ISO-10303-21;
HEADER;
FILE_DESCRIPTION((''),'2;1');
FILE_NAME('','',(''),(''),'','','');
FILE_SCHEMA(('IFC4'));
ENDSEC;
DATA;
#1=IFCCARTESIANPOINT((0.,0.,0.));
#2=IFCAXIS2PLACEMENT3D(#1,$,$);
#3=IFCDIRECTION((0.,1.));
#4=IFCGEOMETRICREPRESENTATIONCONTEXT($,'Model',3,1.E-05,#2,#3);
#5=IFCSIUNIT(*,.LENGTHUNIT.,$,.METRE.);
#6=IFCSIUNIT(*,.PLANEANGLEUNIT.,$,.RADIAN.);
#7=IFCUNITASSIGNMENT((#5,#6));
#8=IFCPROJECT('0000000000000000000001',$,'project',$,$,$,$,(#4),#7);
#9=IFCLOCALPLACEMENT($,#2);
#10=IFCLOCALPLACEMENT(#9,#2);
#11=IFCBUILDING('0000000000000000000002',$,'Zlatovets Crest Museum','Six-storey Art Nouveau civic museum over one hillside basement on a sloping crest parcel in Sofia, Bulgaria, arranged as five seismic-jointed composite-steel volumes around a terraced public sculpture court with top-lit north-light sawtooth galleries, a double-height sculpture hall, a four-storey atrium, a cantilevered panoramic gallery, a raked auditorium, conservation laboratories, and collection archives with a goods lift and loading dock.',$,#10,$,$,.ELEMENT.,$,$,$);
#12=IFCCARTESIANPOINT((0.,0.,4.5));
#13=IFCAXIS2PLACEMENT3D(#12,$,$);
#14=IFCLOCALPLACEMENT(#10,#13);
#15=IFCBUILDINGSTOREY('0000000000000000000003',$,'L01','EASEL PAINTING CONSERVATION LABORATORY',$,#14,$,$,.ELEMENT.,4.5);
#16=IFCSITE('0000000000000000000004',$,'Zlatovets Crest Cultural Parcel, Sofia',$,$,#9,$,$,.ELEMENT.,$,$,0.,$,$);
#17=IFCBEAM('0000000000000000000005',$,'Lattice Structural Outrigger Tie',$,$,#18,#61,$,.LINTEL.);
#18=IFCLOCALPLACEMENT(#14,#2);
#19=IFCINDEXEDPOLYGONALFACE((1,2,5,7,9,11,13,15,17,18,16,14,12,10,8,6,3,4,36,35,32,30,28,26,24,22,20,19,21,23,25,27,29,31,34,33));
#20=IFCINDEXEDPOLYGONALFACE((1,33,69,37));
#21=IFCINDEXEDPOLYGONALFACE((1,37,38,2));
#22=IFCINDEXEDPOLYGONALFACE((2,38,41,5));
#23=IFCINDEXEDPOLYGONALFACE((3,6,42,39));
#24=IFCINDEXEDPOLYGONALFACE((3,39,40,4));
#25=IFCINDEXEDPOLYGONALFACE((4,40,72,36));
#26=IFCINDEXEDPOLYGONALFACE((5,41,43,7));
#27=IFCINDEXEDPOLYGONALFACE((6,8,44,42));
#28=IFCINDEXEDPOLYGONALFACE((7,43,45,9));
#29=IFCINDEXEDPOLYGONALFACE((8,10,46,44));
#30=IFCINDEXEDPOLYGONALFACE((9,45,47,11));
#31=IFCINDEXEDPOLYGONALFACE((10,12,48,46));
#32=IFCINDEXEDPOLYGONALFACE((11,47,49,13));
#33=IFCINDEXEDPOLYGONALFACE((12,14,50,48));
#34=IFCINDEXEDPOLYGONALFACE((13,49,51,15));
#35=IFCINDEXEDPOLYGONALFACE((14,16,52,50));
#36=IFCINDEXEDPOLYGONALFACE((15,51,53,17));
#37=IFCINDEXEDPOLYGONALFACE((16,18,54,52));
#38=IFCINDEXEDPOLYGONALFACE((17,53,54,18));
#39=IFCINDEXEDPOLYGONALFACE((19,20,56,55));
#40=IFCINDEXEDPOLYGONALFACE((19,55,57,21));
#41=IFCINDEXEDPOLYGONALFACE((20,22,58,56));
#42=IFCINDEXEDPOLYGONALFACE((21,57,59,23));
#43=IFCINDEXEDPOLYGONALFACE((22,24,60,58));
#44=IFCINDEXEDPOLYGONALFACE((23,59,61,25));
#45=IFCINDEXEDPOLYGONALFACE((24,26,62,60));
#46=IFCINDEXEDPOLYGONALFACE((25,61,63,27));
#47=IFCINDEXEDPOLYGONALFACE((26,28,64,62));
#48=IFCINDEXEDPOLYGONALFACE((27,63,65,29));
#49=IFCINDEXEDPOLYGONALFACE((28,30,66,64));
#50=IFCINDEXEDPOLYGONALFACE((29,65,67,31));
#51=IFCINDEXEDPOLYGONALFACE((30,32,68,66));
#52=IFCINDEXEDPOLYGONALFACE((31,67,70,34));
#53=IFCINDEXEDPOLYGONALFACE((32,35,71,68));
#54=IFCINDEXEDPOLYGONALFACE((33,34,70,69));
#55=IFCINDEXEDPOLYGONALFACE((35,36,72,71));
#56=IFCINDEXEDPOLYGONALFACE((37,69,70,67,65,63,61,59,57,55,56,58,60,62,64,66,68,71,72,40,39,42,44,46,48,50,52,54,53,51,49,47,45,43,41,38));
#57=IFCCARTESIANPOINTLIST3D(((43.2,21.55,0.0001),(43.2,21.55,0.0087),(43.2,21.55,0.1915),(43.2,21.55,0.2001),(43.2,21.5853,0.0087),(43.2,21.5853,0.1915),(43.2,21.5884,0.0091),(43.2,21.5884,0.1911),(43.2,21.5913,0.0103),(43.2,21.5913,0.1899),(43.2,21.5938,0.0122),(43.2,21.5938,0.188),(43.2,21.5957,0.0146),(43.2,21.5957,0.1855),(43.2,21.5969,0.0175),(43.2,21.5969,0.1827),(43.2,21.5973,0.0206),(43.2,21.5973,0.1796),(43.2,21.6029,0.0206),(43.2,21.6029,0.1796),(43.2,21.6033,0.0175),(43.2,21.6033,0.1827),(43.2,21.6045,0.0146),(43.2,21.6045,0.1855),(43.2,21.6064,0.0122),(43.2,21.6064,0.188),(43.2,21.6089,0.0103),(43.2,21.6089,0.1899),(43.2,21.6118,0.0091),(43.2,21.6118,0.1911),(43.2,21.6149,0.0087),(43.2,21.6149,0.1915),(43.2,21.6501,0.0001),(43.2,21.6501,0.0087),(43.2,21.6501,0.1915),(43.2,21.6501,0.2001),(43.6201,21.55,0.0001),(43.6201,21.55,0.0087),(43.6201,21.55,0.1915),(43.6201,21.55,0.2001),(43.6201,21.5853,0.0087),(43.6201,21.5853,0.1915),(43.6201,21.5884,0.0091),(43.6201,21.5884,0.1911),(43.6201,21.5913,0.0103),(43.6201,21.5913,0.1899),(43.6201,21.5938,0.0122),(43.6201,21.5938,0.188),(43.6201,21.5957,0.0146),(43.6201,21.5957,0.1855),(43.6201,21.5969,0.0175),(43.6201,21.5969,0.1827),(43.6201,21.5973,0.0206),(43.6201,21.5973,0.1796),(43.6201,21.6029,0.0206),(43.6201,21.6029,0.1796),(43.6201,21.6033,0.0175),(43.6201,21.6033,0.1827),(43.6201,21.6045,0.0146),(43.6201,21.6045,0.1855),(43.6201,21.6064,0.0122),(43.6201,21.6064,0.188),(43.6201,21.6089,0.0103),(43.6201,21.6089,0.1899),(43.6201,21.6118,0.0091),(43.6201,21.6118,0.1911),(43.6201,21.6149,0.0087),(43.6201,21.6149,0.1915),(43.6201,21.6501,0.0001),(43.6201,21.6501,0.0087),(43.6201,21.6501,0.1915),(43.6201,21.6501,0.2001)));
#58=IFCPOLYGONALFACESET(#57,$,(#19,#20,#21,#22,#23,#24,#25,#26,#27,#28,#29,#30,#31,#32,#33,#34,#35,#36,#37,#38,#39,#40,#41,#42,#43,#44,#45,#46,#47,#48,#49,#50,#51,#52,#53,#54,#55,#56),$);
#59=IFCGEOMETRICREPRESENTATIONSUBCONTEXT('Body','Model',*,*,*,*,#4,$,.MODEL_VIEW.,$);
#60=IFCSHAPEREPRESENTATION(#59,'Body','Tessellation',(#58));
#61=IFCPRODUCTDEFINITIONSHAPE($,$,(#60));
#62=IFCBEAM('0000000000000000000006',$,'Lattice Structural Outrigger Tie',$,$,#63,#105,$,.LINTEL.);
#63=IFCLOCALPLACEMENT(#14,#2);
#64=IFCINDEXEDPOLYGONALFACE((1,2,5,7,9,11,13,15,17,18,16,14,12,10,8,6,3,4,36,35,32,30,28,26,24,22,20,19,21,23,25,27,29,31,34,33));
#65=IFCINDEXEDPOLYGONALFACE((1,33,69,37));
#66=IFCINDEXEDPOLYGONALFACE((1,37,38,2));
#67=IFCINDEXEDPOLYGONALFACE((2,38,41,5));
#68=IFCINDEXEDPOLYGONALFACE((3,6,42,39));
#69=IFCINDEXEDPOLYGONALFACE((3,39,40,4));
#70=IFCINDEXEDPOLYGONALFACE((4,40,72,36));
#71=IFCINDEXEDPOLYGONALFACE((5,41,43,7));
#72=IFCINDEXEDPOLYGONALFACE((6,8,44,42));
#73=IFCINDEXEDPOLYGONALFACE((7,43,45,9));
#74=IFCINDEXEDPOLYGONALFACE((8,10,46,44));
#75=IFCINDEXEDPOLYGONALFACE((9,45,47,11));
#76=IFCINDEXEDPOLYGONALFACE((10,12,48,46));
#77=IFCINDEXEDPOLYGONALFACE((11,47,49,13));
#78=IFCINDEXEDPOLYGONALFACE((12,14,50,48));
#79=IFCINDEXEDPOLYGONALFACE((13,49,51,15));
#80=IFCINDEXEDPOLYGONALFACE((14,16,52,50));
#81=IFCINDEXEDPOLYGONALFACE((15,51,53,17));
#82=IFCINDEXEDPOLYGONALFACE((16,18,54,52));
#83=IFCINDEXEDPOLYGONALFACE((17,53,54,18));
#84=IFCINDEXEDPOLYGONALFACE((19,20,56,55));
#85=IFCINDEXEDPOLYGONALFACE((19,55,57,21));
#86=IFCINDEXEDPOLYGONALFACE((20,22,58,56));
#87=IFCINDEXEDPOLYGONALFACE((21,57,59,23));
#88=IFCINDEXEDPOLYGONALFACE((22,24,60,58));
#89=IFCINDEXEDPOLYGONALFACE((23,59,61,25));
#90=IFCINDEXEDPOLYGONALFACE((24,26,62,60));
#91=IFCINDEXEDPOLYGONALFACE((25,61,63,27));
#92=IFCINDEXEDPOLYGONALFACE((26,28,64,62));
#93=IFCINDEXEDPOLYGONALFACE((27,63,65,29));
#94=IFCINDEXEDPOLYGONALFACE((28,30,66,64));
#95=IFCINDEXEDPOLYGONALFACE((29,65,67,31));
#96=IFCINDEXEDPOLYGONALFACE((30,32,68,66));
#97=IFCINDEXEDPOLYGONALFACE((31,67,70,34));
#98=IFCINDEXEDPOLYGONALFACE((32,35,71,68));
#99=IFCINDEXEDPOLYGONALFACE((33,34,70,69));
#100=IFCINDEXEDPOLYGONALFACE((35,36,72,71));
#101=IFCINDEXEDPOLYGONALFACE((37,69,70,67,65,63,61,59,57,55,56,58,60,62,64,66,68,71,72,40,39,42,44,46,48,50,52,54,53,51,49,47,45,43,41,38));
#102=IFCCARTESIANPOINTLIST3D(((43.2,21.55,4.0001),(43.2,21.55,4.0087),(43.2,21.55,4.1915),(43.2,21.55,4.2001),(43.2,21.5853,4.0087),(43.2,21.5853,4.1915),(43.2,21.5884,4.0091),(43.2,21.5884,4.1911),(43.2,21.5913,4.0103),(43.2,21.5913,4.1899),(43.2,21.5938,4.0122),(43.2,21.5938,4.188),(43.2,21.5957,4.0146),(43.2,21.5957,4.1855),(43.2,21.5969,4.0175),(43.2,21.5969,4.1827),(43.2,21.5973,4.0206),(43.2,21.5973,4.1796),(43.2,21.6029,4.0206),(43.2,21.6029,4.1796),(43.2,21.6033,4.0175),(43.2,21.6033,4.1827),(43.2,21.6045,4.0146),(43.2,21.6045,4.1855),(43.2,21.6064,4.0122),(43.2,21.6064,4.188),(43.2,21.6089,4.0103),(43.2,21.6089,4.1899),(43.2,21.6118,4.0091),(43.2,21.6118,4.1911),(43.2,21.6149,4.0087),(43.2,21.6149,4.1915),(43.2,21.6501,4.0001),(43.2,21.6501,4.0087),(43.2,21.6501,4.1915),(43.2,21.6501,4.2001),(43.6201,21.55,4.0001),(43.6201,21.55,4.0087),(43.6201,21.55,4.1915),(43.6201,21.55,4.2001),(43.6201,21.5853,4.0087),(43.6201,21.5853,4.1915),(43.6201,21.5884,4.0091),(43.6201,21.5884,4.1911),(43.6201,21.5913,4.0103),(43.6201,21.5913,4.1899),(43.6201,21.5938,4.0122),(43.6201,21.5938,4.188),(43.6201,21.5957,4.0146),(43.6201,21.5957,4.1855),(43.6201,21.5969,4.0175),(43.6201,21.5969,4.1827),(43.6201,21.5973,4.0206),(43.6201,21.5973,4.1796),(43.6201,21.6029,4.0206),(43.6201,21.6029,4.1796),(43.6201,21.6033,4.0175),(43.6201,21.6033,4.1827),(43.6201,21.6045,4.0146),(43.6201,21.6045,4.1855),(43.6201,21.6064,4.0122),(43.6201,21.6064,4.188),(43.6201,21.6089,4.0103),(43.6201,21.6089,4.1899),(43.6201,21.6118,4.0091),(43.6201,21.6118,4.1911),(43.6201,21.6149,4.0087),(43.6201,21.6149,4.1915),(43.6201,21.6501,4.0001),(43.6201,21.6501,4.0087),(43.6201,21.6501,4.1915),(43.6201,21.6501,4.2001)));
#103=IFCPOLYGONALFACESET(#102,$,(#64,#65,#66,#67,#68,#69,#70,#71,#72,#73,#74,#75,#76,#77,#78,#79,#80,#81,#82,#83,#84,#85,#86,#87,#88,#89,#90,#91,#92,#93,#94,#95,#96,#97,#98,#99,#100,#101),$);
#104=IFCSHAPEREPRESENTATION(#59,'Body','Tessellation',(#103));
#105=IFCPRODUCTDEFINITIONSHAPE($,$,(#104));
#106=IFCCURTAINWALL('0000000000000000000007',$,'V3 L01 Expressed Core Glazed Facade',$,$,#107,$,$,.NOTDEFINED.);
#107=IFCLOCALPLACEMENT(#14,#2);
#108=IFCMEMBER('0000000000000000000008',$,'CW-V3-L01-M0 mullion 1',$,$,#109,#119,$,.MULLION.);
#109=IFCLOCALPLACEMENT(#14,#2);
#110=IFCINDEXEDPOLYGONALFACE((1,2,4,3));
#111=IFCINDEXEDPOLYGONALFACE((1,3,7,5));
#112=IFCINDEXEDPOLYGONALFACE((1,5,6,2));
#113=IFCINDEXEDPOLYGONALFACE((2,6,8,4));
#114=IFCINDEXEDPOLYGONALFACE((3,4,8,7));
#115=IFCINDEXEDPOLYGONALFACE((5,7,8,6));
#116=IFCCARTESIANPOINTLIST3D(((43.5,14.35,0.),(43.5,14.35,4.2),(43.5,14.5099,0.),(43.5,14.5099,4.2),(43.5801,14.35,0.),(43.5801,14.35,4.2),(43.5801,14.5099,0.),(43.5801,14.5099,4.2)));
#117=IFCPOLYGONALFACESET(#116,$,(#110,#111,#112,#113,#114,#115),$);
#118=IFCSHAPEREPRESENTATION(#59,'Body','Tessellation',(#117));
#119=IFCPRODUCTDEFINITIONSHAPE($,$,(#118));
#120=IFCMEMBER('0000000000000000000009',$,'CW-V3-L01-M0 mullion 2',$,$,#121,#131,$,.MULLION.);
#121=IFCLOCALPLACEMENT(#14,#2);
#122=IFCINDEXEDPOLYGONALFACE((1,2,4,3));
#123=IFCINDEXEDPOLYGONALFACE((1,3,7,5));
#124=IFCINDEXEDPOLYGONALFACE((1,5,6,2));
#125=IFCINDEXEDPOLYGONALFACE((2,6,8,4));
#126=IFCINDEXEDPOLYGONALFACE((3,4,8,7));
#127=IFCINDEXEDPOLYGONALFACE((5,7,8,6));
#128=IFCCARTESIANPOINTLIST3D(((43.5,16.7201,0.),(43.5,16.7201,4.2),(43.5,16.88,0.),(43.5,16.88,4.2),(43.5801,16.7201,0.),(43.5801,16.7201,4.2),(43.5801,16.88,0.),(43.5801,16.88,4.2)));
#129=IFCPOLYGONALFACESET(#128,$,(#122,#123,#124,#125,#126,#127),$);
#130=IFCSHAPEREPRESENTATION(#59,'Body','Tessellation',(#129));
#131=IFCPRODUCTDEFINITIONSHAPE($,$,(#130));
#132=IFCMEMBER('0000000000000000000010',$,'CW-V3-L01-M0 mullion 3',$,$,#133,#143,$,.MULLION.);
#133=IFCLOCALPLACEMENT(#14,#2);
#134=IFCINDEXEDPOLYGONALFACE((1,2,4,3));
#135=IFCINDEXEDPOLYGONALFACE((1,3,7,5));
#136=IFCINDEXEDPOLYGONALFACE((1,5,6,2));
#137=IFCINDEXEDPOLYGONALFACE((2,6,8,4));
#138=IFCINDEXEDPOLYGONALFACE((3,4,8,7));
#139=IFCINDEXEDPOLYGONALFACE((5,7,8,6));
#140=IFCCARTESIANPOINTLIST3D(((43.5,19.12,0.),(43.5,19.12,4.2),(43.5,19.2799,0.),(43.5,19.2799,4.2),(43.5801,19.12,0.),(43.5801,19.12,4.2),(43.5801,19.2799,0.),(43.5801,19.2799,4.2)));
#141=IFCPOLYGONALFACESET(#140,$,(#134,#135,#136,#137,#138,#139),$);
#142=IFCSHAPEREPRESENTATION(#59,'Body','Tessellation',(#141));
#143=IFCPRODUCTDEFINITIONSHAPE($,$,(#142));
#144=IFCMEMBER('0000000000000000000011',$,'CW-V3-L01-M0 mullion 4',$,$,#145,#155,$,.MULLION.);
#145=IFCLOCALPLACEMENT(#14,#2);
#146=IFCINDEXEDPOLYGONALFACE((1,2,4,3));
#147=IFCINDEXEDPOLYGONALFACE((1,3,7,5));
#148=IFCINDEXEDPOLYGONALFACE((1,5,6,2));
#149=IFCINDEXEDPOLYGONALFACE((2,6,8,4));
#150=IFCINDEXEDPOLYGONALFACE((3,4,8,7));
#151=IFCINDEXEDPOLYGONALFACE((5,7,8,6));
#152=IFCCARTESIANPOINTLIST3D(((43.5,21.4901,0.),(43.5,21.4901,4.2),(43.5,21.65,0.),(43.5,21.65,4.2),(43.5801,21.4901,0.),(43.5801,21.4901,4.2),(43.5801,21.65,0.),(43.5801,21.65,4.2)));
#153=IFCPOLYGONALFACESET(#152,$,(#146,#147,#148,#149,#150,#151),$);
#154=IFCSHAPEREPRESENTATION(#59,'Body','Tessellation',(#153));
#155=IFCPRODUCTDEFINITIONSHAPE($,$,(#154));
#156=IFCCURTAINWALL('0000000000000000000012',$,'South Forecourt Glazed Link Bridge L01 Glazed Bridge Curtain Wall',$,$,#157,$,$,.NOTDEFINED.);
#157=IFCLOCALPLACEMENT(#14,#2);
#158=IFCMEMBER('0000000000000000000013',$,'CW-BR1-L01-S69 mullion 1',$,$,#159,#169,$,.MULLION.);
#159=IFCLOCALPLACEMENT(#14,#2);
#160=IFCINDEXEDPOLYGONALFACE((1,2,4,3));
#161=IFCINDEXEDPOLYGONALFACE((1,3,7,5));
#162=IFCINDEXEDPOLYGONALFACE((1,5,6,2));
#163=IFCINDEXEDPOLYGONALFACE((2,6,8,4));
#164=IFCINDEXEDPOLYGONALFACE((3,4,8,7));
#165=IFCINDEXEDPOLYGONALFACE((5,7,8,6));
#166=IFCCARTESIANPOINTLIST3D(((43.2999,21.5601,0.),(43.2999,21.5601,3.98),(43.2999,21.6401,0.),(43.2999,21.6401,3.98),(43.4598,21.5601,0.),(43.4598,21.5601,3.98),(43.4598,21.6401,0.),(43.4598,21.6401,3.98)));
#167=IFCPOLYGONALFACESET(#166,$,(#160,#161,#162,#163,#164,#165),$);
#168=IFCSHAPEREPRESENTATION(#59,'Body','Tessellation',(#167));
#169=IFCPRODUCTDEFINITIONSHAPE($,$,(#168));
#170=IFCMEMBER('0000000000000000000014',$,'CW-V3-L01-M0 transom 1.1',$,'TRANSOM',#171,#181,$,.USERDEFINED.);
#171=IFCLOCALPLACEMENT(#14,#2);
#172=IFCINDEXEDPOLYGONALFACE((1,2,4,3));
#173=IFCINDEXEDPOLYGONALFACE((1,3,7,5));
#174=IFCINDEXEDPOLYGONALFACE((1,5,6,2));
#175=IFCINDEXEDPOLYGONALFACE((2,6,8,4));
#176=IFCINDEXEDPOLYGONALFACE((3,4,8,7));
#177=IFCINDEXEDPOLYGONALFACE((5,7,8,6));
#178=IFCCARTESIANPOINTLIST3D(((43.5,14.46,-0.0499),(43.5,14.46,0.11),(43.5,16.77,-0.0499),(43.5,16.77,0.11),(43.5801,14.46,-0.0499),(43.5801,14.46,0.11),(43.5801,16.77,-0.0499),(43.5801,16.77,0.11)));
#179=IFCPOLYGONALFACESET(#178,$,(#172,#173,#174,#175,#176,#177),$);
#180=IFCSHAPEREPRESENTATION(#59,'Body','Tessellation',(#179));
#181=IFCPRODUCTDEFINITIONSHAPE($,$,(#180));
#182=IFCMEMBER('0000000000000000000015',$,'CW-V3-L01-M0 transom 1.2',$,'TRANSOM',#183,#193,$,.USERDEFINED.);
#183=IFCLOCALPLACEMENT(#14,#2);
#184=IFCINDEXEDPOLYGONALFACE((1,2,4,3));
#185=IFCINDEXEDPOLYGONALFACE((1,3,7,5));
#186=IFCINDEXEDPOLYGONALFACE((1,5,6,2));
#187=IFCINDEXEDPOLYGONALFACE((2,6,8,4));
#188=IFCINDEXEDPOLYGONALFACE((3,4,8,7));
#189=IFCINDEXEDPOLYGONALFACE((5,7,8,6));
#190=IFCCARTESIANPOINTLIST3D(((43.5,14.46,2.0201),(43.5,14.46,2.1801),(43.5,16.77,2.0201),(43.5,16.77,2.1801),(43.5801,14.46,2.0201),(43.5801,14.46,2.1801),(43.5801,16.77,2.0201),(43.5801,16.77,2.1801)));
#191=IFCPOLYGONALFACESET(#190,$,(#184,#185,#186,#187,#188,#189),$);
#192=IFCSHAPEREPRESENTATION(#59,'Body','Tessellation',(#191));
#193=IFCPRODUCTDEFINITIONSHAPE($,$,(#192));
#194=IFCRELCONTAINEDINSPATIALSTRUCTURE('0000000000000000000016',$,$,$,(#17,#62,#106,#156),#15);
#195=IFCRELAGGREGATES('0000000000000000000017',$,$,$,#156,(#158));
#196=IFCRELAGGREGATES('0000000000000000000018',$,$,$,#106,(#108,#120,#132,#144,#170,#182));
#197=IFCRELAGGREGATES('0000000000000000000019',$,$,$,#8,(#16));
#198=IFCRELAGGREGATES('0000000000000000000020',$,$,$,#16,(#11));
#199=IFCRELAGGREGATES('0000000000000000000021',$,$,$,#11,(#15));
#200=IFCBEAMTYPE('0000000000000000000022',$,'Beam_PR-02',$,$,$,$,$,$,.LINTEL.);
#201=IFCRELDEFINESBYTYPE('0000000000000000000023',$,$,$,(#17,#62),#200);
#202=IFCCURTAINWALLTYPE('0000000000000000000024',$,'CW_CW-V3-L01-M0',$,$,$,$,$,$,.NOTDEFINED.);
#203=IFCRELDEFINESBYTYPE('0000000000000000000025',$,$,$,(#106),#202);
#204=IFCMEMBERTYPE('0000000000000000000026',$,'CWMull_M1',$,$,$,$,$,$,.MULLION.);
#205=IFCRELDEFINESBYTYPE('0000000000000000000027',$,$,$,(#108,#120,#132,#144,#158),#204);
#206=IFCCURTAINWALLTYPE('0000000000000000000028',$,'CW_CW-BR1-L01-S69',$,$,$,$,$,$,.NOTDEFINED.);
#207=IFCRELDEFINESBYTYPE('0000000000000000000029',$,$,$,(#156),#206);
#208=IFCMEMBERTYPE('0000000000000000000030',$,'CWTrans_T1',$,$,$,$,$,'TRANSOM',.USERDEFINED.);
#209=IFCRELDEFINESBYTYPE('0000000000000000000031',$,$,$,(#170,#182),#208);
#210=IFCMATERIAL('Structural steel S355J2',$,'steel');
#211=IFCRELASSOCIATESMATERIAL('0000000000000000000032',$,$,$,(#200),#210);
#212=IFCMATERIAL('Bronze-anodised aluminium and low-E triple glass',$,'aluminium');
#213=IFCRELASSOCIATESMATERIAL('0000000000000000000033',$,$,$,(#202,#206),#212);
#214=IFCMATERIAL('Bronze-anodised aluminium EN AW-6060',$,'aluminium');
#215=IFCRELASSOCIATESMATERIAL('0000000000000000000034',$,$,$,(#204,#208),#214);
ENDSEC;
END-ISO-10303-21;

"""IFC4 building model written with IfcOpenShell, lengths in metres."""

from ifc_helpers import new_model, si_unit, direction, frame, origin, origin_2d, place, context, subcontext, project, spatial, rectangle, i_section, extrude, material, material_profile, profile_set, type_object, element, aggregate, save


model = new_model("IFC4")

# Units and contexts
model_context = context("Model", 3, precision=1e-05, world=origin(), true_north=direction((0.0, 1.0)))
body_context = subcontext(model_context, "Body", "Model", "MODEL_VIEW")
ifc_project = project(units=[si_unit("LENGTHUNIT", "METRE"), si_unit("PLANEANGLEUNIT", "RADIAN")], contexts=[model_context])

# Site, building, storey
site_placement = place(None, origin())
site = spatial("IfcSite", under=ifc_project, at=site_placement, Name="Zlatovets Crest Cultural Parcel, Sofia", CompositionType="ELEMENT", RefElevation=0.0)
building_placement = place(site_placement, origin())
building = spatial("IfcBuilding", under=site, at=building_placement, Name="Zlatovets Crest Museum", Description="Six-storey Art Nouveau civic museum over one hillside basement on a sloping crest parcel in Sofia, Bulgaria, arranged as five seismic-jointed composite-steel volumes around a terraced public sculpture court with top-lit north-light sawtooth galleries, a double-height sculpture hall, a four-storey atrium, a cantilevered panoramic gallery, a raked auditorium, conservation laboratories, and collection archives with a goods lift and loading dock.", CompositionType="ELEMENT")
storey_placement = place(building_placement, frame((0.0, 0.0, 4.5)))
storey = spatial("IfcBuildingStorey", under=building, at=storey_placement, Name="L01", Description="EASEL PAINTING CONSERVATION LABORATORY", CompositionType="ELEMENT", Elevation=4.5)

# Shared definitions
ifc_material_1 = material(Name="Structural steel S355J2", Category="steel")

# Beams
ifc_material_profile_1 = material_profile(ifc_material_1, i_section(OverallWidth=0.1001, OverallDepth=0.2, WebThickness=0.0056, FlangeThickness=0.0085, FilletRadius=0.012, at=origin_2d()), Name="IPE 200")
ifc_profile_set_1 = profile_set([ifc_material_profile_1], Name="Structural steel S355J2")
beam_type_1 = type_object("IfcBeamType", Name="Beam_PR-02", PredefinedType="LINTEL", material=ifc_profile_set_1)
for number, where, z_axis, x_axis, name in (
    (1, (43.2, 21.6001, 0.1001), (1.0, 0.0, 0.0), (0.0, 1.0, 0.0), "Lattice Structural Outrigger Tie"),
    (2, (43.2, 21.6001, 4.1001), (1.0, 0.0, 0.0), (0.0, 1.0, 0.0), "Lattice Structural Outrigger Tie"),
):
    element("IfcBeam", number, at=place(storey_placement, frame(where, z_axis=z_axis, x_axis=x_axis)), inside=storey, type_object=beam_type_1, Name=name, PredefinedType="LINTEL", context=body_context, shape_type="SweptSolid", body=[
        extrude(i_section(OverallWidth=0.1001, OverallDepth=0.2, WebThickness=0.0056, FlangeThickness=0.0085, FilletRadius=0.012, at=origin_2d()), origin(), (0.0, 0.0, 1.0), 0.4202),
    ])

# Curtain wall, members
ifc_material_2 = material(Name="Bronze-anodised aluminium and low-E triple glass", Category="aluminium")
curtain_wall_type_1 = type_object("IfcCurtainWallType", Name="CW_CW-V3-L01-M0", PredefinedType="NOTDEFINED", material=ifc_material_2)
curtain_wall_1_placement = place(storey_placement, origin())
curtain_wall_1 = element("IfcCurtainWall", 3, at=curtain_wall_1_placement, inside=storey, type_object=curtain_wall_type_1, Name="V3 L01 Expressed Core Glazed Facade", PredefinedType="NOTDEFINED")
ifc_material_3 = material(Name="Bronze-anodised aluminium EN AW-6060", Category="aluminium")
ifc_material_profile_2 = material_profile(ifc_material_3, rectangle(XDim=0.0801, YDim=0.1599, at=origin_2d()), Name="ALU 80x160")
ifc_profile_set_2 = profile_set([ifc_material_profile_2], Name="Bronze-anodised aluminium EN AW-6060")
member_type_1 = type_object("IfcMemberType", Name="CWMull_M1", PredefinedType="MULLION", material=ifc_profile_set_2)
member_1_placement = place(storey_placement, frame((43.54, 14.4299, 0.0), z_axis=(0.0, 0.0, 1.0), x_axis=(-1.0, 0.0, 0.0)))
member_1 = element("IfcMember", 4, at=member_1_placement, type_object=member_type_1, Name="CW-V3-L01-M0 mullion 1", PredefinedType="MULLION", context=body_context, shape_type="SweptSolid", body=[
    extrude(rectangle(XDim=0.0801, YDim=0.1599, at=origin_2d()), origin(), (0.0, 0.0, 1.0), 4.2),
])
member_2_placement = place(storey_placement, frame((43.54, 16.8, 0.0), z_axis=(0.0, 0.0, 1.0), x_axis=(-1.0, 0.0, 0.0)))
member_2 = element("IfcMember", 5, at=member_2_placement, type_object=member_type_1, Name="CW-V3-L01-M0 mullion 2", PredefinedType="MULLION", context=body_context, shape_type="SweptSolid", body=[
    extrude(rectangle(XDim=0.0801, YDim=0.1599, at=origin_2d()), origin(), (0.0, 0.0, 1.0), 4.2),
])
member_3_placement = place(storey_placement, frame((43.54, 19.2, 0.0), z_axis=(0.0, 0.0, 1.0), x_axis=(-1.0, 0.0, 0.0)))
member_3 = element("IfcMember", 6, at=member_3_placement, type_object=member_type_1, Name="CW-V3-L01-M0 mullion 3", PredefinedType="MULLION", context=body_context, shape_type="SweptSolid", body=[
    extrude(rectangle(XDim=0.0801, YDim=0.1599, at=origin_2d()), origin(), (0.0, 0.0, 1.0), 4.2),
])
member_4_placement = place(storey_placement, frame((43.54, 21.5701, 0.0), z_axis=(0.0, 0.0, 1.0), x_axis=(-1.0, 0.0, 0.0)))
member_4 = element("IfcMember", 7, at=member_4_placement, type_object=member_type_1, Name="CW-V3-L01-M0 mullion 4", PredefinedType="MULLION", context=body_context, shape_type="SweptSolid", body=[
    extrude(rectangle(XDim=0.0801, YDim=0.1599, at=origin_2d()), origin(), (0.0, 0.0, 1.0), 4.2),
])

# Curtain wall, member
curtain_wall_type_2 = type_object("IfcCurtainWallType", Name="CW_CW-BR1-L01-S69", PredefinedType="NOTDEFINED", material=ifc_material_2)
curtain_wall_2_placement = place(storey_placement, origin())
curtain_wall_2 = element("IfcCurtainWall", 8, at=curtain_wall_2_placement, inside=storey, type_object=curtain_wall_type_2, Name="South Forecourt Glazed Link Bridge L01 Glazed Bridge Curtain Wall", PredefinedType="NOTDEFINED")
member_5_placement = place(storey_placement, frame((43.3799, 21.6001, 0.0), z_axis=(0.0, 0.0, 1.0), x_axis=(0.0, 1.0, 0.0)))
member_5 = element("IfcMember", 9, at=member_5_placement, type_object=member_type_1, Name="CW-BR1-L01-S69 mullion 1", PredefinedType="MULLION", context=body_context, shape_type="SweptSolid", body=[
    extrude(rectangle(XDim=0.0801, YDim=0.1599, at=origin_2d()), origin(), (0.0, 0.0, 1.0), 3.98),
])

# Members
ifc_material_profile_3 = material_profile(ifc_material_3, rectangle(XDim=0.0801, YDim=0.1599, at=origin_2d()), Name="ALU 80x160")
ifc_profile_set_3 = profile_set([ifc_material_profile_3], Name="Bronze-anodised aluminium EN AW-6060")
member_type_2 = type_object("IfcMemberType", Name="CWTrans_T1", ElementType="TRANSOM", PredefinedType="USERDEFINED", material=ifc_profile_set_3)
member_6_placement = place(storey_placement, frame((43.54, 14.46, 0.03), z_axis=(0.0, 1.0, 0.0), x_axis=(-1.0, 0.0, 0.0)))
member_6 = element("IfcMember", 10, at=member_6_placement, type_object=member_type_2, Name="CW-V3-L01-M0 transom 1.1", ObjectType="TRANSOM", PredefinedType="USERDEFINED", context=body_context, shape_type="SweptSolid", body=[
    extrude(rectangle(XDim=0.0801, YDim=0.1599, at=origin_2d()), origin(), (0.0, 0.0, 1.0), 2.3101),
])
member_7_placement = place(storey_placement, frame((43.54, 14.46, 2.1001), z_axis=(0.0, 1.0, 0.0), x_axis=(-1.0, 0.0, 0.0)))
member_7 = element("IfcMember", 11, at=member_7_placement, type_object=member_type_2, Name="CW-V3-L01-M0 transom 1.2", ObjectType="TRANSOM", PredefinedType="USERDEFINED", context=body_context, shape_type="SweptSolid", body=[
    extrude(rectangle(XDim=0.0801, YDim=0.1599, at=origin_2d()), origin(), (0.0, 0.0, 1.0), 2.3101),
])

aggregate(curtain_wall_2, [member_5])
aggregate(curtain_wall_1, [member_1, member_2, member_3, member_4, member_6, member_7])

save(model, "model.ifc")
